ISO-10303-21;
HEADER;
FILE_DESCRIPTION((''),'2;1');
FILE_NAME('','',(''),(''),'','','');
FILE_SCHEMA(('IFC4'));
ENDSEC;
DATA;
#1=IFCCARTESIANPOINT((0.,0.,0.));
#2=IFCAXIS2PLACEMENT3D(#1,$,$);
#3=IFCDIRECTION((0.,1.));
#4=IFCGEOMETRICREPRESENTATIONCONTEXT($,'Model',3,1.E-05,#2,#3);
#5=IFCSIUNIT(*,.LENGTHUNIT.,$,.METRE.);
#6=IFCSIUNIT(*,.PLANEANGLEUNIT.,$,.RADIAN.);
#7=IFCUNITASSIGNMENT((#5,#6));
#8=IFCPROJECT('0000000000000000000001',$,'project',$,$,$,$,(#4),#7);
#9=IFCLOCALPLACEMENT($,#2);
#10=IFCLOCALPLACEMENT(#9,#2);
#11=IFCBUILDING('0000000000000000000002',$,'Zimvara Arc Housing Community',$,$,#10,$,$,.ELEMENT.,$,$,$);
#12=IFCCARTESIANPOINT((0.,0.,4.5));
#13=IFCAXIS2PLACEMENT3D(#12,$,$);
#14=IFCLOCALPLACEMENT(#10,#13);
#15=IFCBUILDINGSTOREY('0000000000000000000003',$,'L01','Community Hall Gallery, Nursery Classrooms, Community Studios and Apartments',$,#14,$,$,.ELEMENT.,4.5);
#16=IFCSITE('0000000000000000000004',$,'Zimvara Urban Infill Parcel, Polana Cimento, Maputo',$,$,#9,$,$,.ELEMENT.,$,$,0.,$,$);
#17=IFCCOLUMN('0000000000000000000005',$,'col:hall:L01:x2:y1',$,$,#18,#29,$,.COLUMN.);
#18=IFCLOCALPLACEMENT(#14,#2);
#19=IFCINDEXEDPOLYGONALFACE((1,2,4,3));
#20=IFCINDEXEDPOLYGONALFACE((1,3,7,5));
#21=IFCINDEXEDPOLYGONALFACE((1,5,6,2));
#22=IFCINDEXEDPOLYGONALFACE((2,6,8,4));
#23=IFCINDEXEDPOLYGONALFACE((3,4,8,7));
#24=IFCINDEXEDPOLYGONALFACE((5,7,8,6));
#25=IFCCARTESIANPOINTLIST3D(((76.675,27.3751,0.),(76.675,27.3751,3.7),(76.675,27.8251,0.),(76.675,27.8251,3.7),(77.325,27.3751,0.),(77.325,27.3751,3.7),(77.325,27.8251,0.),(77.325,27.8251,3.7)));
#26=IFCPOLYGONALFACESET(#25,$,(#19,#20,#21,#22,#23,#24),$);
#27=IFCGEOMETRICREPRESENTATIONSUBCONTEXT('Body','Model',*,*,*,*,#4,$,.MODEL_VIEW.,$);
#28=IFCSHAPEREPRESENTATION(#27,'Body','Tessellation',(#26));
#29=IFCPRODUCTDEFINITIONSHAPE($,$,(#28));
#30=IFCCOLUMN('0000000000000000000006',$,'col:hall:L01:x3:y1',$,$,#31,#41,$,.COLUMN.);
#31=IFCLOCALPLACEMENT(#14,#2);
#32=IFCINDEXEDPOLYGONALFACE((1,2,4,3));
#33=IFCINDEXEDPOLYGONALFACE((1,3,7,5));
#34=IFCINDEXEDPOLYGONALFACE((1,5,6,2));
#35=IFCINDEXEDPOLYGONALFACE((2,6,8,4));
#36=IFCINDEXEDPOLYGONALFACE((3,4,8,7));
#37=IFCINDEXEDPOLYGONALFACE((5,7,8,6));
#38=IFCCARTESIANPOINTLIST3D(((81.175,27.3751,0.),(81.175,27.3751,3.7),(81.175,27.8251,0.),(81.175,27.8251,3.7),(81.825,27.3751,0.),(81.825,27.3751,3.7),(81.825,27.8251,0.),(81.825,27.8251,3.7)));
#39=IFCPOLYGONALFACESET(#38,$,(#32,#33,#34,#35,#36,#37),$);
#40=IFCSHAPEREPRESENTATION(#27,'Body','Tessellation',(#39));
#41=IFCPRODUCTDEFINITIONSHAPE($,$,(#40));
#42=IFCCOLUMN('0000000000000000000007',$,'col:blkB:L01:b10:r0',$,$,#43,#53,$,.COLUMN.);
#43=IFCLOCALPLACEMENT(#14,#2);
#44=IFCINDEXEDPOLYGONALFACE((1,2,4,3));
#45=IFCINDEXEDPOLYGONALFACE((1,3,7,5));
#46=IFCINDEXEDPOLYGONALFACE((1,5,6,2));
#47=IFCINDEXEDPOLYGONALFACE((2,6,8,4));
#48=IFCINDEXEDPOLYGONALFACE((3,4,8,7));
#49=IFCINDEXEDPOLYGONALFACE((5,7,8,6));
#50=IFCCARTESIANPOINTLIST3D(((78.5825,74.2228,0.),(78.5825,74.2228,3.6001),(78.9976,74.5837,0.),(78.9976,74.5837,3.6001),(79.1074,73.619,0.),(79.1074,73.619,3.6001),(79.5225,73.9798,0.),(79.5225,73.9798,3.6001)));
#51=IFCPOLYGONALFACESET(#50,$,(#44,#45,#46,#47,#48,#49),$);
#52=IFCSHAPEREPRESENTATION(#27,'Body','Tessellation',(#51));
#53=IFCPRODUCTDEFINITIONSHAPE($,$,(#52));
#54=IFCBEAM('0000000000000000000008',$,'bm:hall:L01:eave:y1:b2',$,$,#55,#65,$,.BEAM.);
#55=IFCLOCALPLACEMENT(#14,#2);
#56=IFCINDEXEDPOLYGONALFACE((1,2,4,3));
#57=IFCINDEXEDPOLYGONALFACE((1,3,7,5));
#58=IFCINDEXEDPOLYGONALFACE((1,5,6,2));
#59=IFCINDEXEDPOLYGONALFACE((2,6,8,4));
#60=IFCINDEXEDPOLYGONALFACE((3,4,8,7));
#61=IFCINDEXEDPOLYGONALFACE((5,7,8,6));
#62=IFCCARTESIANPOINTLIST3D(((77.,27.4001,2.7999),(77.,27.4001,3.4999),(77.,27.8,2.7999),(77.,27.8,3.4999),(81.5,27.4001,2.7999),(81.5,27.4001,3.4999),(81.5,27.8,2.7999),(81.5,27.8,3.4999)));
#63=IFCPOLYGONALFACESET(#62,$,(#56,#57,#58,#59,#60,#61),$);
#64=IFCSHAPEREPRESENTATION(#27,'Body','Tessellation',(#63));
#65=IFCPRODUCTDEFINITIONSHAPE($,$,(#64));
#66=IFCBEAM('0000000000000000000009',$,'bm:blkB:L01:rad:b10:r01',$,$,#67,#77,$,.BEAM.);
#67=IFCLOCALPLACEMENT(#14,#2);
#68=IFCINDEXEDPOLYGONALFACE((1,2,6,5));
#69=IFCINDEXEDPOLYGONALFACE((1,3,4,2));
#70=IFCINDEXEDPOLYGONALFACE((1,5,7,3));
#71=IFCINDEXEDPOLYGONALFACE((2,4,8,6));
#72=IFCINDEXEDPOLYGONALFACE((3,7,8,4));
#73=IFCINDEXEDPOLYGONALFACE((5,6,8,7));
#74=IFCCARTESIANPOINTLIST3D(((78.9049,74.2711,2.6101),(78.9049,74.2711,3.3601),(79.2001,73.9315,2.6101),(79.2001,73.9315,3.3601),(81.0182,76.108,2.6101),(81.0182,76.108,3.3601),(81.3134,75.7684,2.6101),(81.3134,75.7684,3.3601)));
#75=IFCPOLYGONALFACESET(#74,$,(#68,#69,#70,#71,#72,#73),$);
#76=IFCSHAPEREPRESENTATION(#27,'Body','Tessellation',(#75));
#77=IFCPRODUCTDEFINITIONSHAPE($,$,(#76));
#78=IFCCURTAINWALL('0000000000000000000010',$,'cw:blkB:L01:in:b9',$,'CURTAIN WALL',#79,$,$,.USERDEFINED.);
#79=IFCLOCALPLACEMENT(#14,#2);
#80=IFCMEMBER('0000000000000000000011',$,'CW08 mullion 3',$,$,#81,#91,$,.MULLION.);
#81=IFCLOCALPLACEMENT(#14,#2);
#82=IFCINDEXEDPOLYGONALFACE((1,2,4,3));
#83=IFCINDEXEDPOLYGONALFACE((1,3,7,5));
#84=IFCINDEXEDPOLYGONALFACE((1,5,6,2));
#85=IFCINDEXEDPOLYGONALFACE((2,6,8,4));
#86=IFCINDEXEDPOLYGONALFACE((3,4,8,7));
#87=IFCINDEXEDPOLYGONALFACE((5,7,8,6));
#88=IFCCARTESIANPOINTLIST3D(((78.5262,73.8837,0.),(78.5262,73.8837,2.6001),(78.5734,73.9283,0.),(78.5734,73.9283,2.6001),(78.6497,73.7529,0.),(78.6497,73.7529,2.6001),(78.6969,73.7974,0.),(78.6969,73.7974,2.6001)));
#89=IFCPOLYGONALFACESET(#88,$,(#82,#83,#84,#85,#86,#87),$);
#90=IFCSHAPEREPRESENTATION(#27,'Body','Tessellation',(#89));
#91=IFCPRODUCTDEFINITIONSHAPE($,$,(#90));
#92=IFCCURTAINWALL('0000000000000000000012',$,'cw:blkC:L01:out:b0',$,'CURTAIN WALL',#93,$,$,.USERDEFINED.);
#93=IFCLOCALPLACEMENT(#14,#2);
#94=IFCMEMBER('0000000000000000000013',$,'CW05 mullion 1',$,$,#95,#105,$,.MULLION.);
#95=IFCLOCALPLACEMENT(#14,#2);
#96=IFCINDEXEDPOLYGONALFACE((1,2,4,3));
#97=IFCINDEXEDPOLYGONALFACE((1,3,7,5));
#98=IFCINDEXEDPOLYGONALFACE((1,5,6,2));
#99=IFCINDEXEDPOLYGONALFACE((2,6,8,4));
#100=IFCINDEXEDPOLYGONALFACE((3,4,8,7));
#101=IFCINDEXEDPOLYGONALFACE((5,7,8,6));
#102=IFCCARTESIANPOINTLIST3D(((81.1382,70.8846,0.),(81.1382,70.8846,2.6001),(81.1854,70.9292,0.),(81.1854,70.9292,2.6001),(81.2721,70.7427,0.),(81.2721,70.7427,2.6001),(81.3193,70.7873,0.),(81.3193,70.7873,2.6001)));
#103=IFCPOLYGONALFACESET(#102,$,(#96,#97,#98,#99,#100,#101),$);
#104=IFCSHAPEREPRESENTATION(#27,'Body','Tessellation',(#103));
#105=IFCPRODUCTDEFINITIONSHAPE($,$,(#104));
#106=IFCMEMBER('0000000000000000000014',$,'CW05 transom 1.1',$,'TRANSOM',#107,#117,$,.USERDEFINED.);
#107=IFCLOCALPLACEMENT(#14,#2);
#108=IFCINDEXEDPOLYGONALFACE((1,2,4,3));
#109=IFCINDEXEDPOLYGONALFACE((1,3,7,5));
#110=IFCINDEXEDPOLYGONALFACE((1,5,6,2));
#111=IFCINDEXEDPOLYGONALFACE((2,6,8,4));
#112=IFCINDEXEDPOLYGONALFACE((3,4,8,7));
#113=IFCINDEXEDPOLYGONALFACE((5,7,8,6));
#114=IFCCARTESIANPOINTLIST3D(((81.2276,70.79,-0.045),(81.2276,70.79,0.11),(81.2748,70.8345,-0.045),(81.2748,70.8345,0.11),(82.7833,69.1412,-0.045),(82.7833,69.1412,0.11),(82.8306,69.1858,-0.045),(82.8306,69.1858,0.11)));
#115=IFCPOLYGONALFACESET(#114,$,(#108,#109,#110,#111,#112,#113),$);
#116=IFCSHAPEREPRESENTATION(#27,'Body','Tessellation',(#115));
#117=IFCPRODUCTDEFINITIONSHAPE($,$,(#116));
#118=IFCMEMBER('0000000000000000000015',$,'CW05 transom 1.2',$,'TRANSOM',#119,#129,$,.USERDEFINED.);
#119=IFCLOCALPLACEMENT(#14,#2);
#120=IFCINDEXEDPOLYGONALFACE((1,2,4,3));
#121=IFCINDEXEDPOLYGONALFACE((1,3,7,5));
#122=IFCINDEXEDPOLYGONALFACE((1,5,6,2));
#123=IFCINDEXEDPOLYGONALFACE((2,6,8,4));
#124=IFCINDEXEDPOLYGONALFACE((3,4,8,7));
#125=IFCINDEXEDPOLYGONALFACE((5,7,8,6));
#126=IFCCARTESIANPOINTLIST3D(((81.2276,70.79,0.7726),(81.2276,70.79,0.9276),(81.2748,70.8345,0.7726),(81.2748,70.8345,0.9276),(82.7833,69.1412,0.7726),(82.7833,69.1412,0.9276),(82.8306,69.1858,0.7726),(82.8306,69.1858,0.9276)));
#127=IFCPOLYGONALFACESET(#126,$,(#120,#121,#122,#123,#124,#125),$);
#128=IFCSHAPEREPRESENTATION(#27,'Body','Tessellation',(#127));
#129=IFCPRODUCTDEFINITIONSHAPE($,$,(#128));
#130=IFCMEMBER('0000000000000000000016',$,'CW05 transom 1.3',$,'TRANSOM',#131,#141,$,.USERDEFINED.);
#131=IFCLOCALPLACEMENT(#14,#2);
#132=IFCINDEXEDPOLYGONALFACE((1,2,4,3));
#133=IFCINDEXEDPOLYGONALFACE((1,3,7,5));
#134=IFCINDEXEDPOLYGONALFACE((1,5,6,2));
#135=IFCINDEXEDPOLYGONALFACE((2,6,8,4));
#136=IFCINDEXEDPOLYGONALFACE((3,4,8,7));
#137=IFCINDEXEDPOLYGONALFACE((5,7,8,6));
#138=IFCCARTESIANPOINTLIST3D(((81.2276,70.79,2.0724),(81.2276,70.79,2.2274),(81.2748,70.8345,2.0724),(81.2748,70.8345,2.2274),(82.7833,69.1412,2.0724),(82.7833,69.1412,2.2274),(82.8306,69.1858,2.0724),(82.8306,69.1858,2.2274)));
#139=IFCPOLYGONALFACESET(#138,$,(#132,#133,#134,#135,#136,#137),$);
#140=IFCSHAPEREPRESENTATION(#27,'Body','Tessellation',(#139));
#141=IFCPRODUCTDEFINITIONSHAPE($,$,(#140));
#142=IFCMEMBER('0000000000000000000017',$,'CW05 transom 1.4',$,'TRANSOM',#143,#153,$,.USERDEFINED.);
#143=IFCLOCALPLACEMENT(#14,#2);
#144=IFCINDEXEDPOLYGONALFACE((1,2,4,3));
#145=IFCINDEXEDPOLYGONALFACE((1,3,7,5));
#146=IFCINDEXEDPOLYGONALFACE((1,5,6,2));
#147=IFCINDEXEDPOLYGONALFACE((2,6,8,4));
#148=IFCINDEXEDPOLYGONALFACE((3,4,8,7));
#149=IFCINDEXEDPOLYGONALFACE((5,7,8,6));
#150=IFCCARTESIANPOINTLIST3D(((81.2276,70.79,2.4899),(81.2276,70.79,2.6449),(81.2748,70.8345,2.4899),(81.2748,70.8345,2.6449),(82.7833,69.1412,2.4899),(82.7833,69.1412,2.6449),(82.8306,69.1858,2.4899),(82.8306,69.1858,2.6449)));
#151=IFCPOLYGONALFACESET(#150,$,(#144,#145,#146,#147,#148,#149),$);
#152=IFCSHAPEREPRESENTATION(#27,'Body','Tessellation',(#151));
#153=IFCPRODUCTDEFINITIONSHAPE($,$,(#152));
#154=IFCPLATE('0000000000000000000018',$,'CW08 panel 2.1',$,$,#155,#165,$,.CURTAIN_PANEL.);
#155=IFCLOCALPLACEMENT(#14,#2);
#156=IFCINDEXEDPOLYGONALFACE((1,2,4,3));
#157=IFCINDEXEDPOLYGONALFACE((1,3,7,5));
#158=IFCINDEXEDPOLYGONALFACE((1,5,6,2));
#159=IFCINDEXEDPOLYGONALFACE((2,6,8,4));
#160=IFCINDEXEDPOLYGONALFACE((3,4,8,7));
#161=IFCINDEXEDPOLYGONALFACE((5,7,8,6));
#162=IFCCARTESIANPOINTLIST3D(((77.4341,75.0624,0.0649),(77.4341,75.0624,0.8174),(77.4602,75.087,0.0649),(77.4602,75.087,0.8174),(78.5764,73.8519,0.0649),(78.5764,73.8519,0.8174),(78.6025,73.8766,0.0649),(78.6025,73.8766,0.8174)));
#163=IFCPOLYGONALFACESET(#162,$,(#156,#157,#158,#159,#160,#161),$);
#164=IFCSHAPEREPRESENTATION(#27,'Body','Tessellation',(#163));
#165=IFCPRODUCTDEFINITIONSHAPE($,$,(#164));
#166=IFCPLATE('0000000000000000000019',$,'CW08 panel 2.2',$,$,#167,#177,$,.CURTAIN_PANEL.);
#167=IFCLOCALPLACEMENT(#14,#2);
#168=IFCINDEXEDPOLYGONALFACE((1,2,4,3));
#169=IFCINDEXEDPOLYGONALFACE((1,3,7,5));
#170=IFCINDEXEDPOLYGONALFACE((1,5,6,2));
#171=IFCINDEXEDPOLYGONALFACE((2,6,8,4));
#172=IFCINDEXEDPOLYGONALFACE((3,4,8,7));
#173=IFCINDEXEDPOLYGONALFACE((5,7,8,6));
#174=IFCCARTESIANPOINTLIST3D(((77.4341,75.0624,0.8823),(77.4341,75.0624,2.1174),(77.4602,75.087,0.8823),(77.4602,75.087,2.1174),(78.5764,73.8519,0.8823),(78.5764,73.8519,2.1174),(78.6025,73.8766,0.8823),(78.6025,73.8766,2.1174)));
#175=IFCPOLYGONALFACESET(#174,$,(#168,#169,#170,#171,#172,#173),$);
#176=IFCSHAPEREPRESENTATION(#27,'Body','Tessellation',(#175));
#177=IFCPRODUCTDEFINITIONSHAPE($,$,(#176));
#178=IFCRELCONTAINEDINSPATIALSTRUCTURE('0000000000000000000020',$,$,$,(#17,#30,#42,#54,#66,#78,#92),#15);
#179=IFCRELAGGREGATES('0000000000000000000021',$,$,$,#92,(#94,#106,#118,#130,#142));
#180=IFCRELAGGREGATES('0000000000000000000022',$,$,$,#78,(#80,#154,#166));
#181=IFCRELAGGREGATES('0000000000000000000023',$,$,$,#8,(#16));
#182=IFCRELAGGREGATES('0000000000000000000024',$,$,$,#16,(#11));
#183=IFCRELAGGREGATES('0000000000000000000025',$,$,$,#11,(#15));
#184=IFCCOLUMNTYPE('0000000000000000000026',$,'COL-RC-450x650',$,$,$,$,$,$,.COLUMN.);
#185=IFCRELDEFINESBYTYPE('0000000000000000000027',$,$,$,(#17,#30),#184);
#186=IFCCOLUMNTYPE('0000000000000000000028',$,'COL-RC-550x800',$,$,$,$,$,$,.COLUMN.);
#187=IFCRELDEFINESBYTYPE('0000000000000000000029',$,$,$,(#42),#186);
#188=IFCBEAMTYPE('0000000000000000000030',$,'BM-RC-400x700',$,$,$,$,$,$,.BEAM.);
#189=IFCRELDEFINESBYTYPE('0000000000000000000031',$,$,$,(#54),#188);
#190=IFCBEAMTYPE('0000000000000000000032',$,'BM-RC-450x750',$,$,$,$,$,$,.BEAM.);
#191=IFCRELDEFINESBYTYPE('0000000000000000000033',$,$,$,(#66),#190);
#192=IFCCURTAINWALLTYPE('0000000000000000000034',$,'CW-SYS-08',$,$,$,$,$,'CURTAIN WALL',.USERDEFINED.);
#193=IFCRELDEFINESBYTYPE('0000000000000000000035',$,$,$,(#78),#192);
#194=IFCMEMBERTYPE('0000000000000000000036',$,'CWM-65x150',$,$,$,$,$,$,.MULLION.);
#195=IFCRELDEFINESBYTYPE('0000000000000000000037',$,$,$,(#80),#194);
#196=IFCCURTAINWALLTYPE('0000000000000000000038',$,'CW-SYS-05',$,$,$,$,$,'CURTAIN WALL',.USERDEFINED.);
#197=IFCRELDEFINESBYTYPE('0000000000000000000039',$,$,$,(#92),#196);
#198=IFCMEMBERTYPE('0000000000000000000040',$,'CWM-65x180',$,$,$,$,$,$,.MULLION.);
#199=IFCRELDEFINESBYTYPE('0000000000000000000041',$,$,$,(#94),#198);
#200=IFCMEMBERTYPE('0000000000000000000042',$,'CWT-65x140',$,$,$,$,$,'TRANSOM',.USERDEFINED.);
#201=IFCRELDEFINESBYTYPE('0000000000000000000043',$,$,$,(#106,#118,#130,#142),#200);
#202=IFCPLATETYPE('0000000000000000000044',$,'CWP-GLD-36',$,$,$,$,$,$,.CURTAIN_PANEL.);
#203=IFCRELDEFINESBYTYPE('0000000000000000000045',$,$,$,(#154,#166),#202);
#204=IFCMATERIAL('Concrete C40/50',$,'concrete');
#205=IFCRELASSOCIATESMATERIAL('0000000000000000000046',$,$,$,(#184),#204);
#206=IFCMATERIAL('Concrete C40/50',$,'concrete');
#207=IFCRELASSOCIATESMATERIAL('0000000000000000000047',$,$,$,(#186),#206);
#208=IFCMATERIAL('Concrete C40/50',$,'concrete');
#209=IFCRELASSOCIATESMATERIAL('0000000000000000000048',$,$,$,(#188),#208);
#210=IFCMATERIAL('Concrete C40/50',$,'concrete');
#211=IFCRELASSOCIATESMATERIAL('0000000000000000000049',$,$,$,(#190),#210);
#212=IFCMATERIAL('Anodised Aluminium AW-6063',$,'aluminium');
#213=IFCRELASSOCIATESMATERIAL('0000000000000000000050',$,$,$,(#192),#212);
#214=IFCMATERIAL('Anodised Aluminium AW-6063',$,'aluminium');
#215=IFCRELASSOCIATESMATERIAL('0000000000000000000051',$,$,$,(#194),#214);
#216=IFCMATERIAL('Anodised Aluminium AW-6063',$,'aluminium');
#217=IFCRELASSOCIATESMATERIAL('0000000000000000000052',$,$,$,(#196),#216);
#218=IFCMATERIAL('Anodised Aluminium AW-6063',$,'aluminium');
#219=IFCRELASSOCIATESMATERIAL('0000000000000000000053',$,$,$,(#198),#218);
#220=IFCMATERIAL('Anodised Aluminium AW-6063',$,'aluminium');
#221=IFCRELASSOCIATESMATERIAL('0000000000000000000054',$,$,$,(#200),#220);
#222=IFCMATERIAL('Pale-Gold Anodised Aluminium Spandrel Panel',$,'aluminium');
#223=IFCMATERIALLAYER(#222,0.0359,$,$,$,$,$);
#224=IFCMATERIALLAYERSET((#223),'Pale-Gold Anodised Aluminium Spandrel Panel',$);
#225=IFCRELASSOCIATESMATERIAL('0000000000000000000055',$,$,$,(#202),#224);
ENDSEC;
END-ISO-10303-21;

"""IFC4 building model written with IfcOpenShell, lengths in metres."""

from ifc_helpers import new_model, si_unit, direction, frame, origin, origin_2d, place, context, subcontext, project, spatial, rectangle, extrude, material, layer, layer_set, material_profile, profile_set, type_object, element, aggregate, save


model = new_model("IFC4")

# Units and contexts
model_context = context("Model", 3, precision=1e-05, world=origin(), true_north=direction((0.0, 1.0)))
body_context = subcontext(model_context, "Body", "Model", "MODEL_VIEW")
ifc_project = project(units=[si_unit("LENGTHUNIT", "METRE"), si_unit("PLANEANGLEUNIT", "RADIAN")], contexts=[model_context])

# Site, building, storey
site_placement = place(None, origin())
site = spatial("IfcSite", under=ifc_project, at=site_placement, Name="Zimvara Urban Infill Parcel, Polana Cimento, Maputo", CompositionType="ELEMENT", RefElevation=0.0)
building_placement = place(site_placement, origin())
building = spatial("IfcBuilding", under=site, at=building_placement, Name="Zimvara Arc Housing Community", CompositionType="ELEMENT")
storey_placement = place(building_placement, frame((0.0, 0.0, 4.5)))
storey = spatial("IfcBuildingStorey", under=building, at=storey_placement, Name="L01", Description="Community Hall Gallery, Nursery Classrooms, Community Studios and Apartments", CompositionType="ELEMENT", Elevation=4.5)

# Columns
ifc_material_1 = material(Name="Concrete C40/50", Category="concrete")
ifc_material_profile_1 = material_profile(ifc_material_1, rectangle(XDim=0.45, YDim=0.6499, at=origin_2d()), Name="RC 450x650")
ifc_profile_set_1 = profile_set([ifc_material_profile_1], Name="Concrete C40/50")
column_type_1 = type_object("IfcColumnType", Name="COL-RC-450x650", PredefinedType="COLUMN", material=ifc_profile_set_1)
for number, where, z_axis, x_axis, name in (
    (1, (77.0, 27.6001, 0.0), (0.0, 0.0, 1.0), (0.0, 1.0, 0.0), "col:hall:L01:x2:y1"),
    (2, (81.5, 27.6001, 0.0), (0.0, 0.0, 1.0), (0.0, 1.0, 0.0), "col:hall:L01:x3:y1"),
):
    element("IfcColumn", number, at=place(storey_placement, frame(where, z_axis=z_axis, x_axis=x_axis)), inside=storey, type_object=column_type_1, Name=name, PredefinedType="COLUMN", context=body_context, shape_type="SweptSolid", body=[
        extrude(rectangle(XDim=0.45, YDim=0.6499, at=origin_2d()), origin(), (0.0, 0.0, 1.0), 3.7),
    ])
ifc_material_2 = material(Name="Concrete C40/50", Category="concrete")
ifc_material_profile_2 = material_profile(ifc_material_2, rectangle(XDim=0.55, YDim=0.8, at=origin_2d()), Name="RC 550x800")
ifc_profile_set_2 = profile_set([ifc_material_profile_2], Name="Concrete C40/50")
column_type_2 = type_object("IfcColumnType", Name="COL-RC-550x800", PredefinedType="COLUMN", material=ifc_profile_set_2)
column_placement = place(storey_placement, frame((79.0525, 74.1013, 0.0), z_axis=(0.0, 0.0, 1.0), x_axis=(0.75471, 0.656059, 0.0)))
element("IfcColumn", 3, at=column_placement, inside=storey, type_object=column_type_2, Name="col:blkB:L01:b10:r0", PredefinedType="COLUMN", context=body_context, shape_type="SweptSolid", body=[
    extrude(rectangle(XDim=0.55, YDim=0.8, at=origin_2d()), origin(), (0.0, 0.0, 1.0), 3.6001),
])

# Beams
ifc_material_3 = material(Name="Concrete C40/50", Category="concrete")
ifc_material_profile_3 = material_profile(ifc_material_3, rectangle(XDim=0.3999, YDim=0.7, at=origin_2d()), Name="RC 400x700")
ifc_profile_set_3 = profile_set([ifc_material_profile_3], Name="Concrete C40/50")
beam_type_1 = type_object("IfcBeamType", Name="BM-RC-400x700", PredefinedType="BEAM", material=ifc_profile_set_3)
beam_1_placement = place(storey_placement, frame((77.0, 27.6001, 3.1499), z_axis=(1.0, 0.0, 0.0), x_axis=(0.0, 1.0, 0.0)))
element("IfcBeam", 4, at=beam_1_placement, inside=storey, type_object=beam_type_1, Name="bm:hall:L01:eave:y1:b2", PredefinedType="BEAM", context=body_context, shape_type="SweptSolid", body=[
    extrude(rectangle(XDim=0.3999, YDim=0.7, at=origin_2d()), origin(), (0.0, 0.0, 1.0), 4.5),
])
ifc_material_4 = material(Name="Concrete C40/50", Category="concrete")
ifc_material_profile_4 = material_profile(ifc_material_4, rectangle(XDim=0.45, YDim=0.75, at=origin_2d()), Name="RC 450x750")
ifc_profile_set_4 = profile_set([ifc_material_profile_4], Name="Concrete C40/50")
beam_type_2 = type_object("IfcBeamType", Name="BM-RC-450x750", PredefinedType="BEAM", material=ifc_profile_set_4)
beam_2_placement = place(storey_placement, frame((79.0525, 74.1013, 2.9851), z_axis=(0.754733, 0.656032, 0.0), x_axis=(-0.656032, 0.754733, 0.0)))
element("IfcBeam", 5, at=beam_2_placement, inside=storey, type_object=beam_type_2, Name="bm:blkB:L01:rad:b10:r01", PredefinedType="BEAM", context=body_context, shape_type="SweptSolid", body=[
    extrude(rectangle(XDim=0.45, YDim=0.75, at=origin_2d()), origin(), (0.0, 0.0, 1.0), 2.8),
])

# Curtain wall, member
ifc_material_5 = material(Name="Anodised Aluminium AW-6063", Category="aluminium")
curtain_wall_type_1 = type_object("IfcCurtainWallType", Name="CW-SYS-08", ElementType="CURTAIN WALL", PredefinedType="USERDEFINED", material=ifc_material_5)
curtain_wall_1_placement = place(storey_placement, origin())
curtain_wall_1 = element("IfcCurtainWall", 6, at=curtain_wall_1_placement, inside=storey, type_object=curtain_wall_type_1, Name="cw:blkB:L01:in:b9", ObjectType="CURTAIN WALL", PredefinedType="USERDEFINED")
ifc_material_6 = material(Name="Anodised Aluminium AW-6063", Category="aluminium")
ifc_material_profile_5 = material_profile(ifc_material_6, rectangle(XDim=0.0649, YDim=0.1799, at=origin_2d()), Name="ALU 65x180")
ifc_profile_set_5 = profile_set([ifc_material_profile_5], Name="Anodised Aluminium AW-6063")
member_type_1 = type_object("IfcMemberType", Name="CWM-65x150", PredefinedType="MULLION", material=ifc_profile_set_5)
member_1_placement = place(storey_placement, frame((78.6116, 73.8406, 0.0), z_axis=(0.0, 0.0, 1.0), x_axis=(0.727293, 0.686327, 0.0)))
member_1 = element("IfcMember", 7, at=member_1_placement, type_object=member_type_1, Name="CW08 mullion 3", PredefinedType="MULLION", context=body_context, shape_type="SweptSolid", body=[
    extrude(rectangle(XDim=0.0649, YDim=0.1799, at=origin_2d()), origin(), (0.0, 0.0, 1.0), 2.6001),
])

# Curtain wall, members
ifc_material_7 = material(Name="Anodised Aluminium AW-6063", Category="aluminium")
curtain_wall_type_2 = type_object("IfcCurtainWallType", Name="CW-SYS-05", ElementType="CURTAIN WALL", PredefinedType="USERDEFINED", material=ifc_material_7)
curtain_wall_2_placement = place(storey_placement, origin())
curtain_wall_2 = element("IfcCurtainWall", 8, at=curtain_wall_2_placement, inside=storey, type_object=curtain_wall_type_2, Name="cw:blkC:L01:out:b0", ObjectType="CURTAIN WALL", PredefinedType="USERDEFINED")
ifc_material_8 = material(Name="Anodised Aluminium AW-6063", Category="aluminium")
ifc_material_profile_6 = material_profile(ifc_material_8, rectangle(XDim=0.0649, YDim=0.1951, at=origin_2d()), Name="ALU 65x195")
ifc_profile_set_6 = profile_set([ifc_material_profile_6], Name="Anodised Aluminium AW-6063")
member_type_2 = type_object("IfcMemberType", Name="CWM-65x180", PredefinedType="MULLION", material=ifc_profile_set_6)
member_2_placement = place(storey_placement, frame((81.2288, 70.8359, 0.0), z_axis=(0.0, 0.0, 1.0), x_axis=(0.727294, 0.686326, 0.0)))
member_2 = element("IfcMember", 9, at=member_2_placement, type_object=member_type_2, Name="CW05 mullion 1", PredefinedType="MULLION", context=body_context, shape_type="SweptSolid", body=[
    extrude(rectangle(XDim=0.0649, YDim=0.1951, at=origin_2d()), origin(), (0.0, 0.0, 1.0), 2.6001),
])
ifc_material_9 = material(Name="Anodised Aluminium AW-6063", Category="aluminium")
ifc_material_profile_7 = material_profile(ifc_material_9, rectangle(XDim=0.0649, YDim=0.155, at=origin_2d()), Name="ALU 65x155")
ifc_profile_set_7 = profile_set([ifc_material_profile_7], Name="Anodised Aluminium AW-6063")
member_type_3 = type_object("IfcMemberType", Name="CWT-65x140", ElementType="TRANSOM", PredefinedType="USERDEFINED", material=ifc_profile_set_7)
member_3_placement = place(storey_placement, frame((81.2512, 70.8123, 0.0325), z_axis=(0.686291, -0.727327, 0.0), x_axis=(0.727327, 0.686291, 0.0)))
member_3 = element("IfcMember", 10, at=member_3_placement, type_object=member_type_3, Name="CW05 transom 1.1", ObjectType="TRANSOM", PredefinedType="USERDEFINED", context=body_context, shape_type="SweptSolid", body=[
    extrude(rectangle(XDim=0.0649, YDim=0.155, at=origin_2d()), origin(), (0.0, 0.0, 1.0), 2.2668),
])
member_4_placement = place(storey_placement, frame((81.2512, 70.8123, 0.8501), z_axis=(0.686291, -0.727327, 0.0), x_axis=(0.727327, 0.686291, 0.0)))
member_4 = element("IfcMember", 11, at=member_4_placement, type_object=member_type_3, Name="CW05 transom 1.2", ObjectType="TRANSOM", PredefinedType="USERDEFINED", context=body_context, shape_type="SweptSolid", body=[
    extrude(rectangle(XDim=0.0649, YDim=0.155, at=origin_2d()), origin(), (0.0, 0.0, 1.0), 2.2668),
])
member_5_placement = place(storey_placement, frame((81.2512, 70.8123, 2.1499), z_axis=(0.686291, -0.727327, 0.0), x_axis=(0.727327, 0.686291, 0.0)))
member_5 = element("IfcMember", 12, at=member_5_placement, type_object=member_type_3, Name="CW05 transom 1.3", ObjectType="TRANSOM", PredefinedType="USERDEFINED", context=body_context, shape_type="SweptSolid", body=[
    extrude(rectangle(XDim=0.0649, YDim=0.155, at=origin_2d()), origin(), (0.0, 0.0, 1.0), 2.2668),
])
member_6_placement = place(storey_placement, frame((81.2512, 70.8123, 2.5674), z_axis=(0.686291, -0.727327, 0.0), x_axis=(0.727327, 0.686291, 0.0)))
member_6 = element("IfcMember", 13, at=member_6_placement, type_object=member_type_3, Name="CW05 transom 1.4", ObjectType="TRANSOM", PredefinedType="USERDEFINED", context=body_context, shape_type="SweptSolid", body=[
    extrude(rectangle(XDim=0.0649, YDim=0.155, at=origin_2d()), origin(), (0.0, 0.0, 1.0), 2.2668),
])
aggregate(curtain_wall_2, [member_2, member_3, member_4, member_5, member_6])

# Plates
ifc_material_10 = material(Name="Pale-Gold Anodised Aluminium Spandrel Panel", Category="aluminium")
ifc_layer_1 = layer(ifc_material_10, 0.0359)
ifc_layer_set_1 = layer_set([ifc_layer_1], Name="Pale-Gold Anodised Aluminium Spandrel Panel")
plate_type = type_object("IfcPlateType", Name="CWP-GLD-36", PredefinedType="CURTAIN_PANEL", material=ifc_layer_set_1)
plate_1_placement = place(storey_placement, frame((78.0183, 74.4695, 0.0649), z_axis=(0.0, 0.0, 1.0), x_axis=(0.686327, -0.727293, 0.0)))
plate_1 = element("IfcPlate", 14, at=plate_1_placement, type_object=plate_type, Name="CW08 panel 2.1", PredefinedType="CURTAIN_PANEL", context=body_context, shape_type="SweptSolid", body=[
    extrude(rectangle(XDim=1.6643, YDim=0.0359, at=origin_2d()), origin(), (0.0, 0.0, 1.0), 0.7524),
])
plate_2_placement = place(storey_placement, frame((78.0183, 74.4695, 0.8823), z_axis=(0.0, 0.0, 1.0), x_axis=(0.686327, -0.727293, 0.0)))
plate_2 = element("IfcPlate", 15, at=plate_2_placement, type_object=plate_type, Name="CW08 panel 2.2", PredefinedType="CURTAIN_PANEL", context=body_context, shape_type="SweptSolid", body=[
    extrude(rectangle(XDim=1.6643, YDim=0.0359, at=origin_2d()), origin(), (0.0, 0.0, 1.0), 1.2351),
])
aggregate(curtain_wall_1, [member_1, plate_1, plate_2])

save(model, "model.ifc")
